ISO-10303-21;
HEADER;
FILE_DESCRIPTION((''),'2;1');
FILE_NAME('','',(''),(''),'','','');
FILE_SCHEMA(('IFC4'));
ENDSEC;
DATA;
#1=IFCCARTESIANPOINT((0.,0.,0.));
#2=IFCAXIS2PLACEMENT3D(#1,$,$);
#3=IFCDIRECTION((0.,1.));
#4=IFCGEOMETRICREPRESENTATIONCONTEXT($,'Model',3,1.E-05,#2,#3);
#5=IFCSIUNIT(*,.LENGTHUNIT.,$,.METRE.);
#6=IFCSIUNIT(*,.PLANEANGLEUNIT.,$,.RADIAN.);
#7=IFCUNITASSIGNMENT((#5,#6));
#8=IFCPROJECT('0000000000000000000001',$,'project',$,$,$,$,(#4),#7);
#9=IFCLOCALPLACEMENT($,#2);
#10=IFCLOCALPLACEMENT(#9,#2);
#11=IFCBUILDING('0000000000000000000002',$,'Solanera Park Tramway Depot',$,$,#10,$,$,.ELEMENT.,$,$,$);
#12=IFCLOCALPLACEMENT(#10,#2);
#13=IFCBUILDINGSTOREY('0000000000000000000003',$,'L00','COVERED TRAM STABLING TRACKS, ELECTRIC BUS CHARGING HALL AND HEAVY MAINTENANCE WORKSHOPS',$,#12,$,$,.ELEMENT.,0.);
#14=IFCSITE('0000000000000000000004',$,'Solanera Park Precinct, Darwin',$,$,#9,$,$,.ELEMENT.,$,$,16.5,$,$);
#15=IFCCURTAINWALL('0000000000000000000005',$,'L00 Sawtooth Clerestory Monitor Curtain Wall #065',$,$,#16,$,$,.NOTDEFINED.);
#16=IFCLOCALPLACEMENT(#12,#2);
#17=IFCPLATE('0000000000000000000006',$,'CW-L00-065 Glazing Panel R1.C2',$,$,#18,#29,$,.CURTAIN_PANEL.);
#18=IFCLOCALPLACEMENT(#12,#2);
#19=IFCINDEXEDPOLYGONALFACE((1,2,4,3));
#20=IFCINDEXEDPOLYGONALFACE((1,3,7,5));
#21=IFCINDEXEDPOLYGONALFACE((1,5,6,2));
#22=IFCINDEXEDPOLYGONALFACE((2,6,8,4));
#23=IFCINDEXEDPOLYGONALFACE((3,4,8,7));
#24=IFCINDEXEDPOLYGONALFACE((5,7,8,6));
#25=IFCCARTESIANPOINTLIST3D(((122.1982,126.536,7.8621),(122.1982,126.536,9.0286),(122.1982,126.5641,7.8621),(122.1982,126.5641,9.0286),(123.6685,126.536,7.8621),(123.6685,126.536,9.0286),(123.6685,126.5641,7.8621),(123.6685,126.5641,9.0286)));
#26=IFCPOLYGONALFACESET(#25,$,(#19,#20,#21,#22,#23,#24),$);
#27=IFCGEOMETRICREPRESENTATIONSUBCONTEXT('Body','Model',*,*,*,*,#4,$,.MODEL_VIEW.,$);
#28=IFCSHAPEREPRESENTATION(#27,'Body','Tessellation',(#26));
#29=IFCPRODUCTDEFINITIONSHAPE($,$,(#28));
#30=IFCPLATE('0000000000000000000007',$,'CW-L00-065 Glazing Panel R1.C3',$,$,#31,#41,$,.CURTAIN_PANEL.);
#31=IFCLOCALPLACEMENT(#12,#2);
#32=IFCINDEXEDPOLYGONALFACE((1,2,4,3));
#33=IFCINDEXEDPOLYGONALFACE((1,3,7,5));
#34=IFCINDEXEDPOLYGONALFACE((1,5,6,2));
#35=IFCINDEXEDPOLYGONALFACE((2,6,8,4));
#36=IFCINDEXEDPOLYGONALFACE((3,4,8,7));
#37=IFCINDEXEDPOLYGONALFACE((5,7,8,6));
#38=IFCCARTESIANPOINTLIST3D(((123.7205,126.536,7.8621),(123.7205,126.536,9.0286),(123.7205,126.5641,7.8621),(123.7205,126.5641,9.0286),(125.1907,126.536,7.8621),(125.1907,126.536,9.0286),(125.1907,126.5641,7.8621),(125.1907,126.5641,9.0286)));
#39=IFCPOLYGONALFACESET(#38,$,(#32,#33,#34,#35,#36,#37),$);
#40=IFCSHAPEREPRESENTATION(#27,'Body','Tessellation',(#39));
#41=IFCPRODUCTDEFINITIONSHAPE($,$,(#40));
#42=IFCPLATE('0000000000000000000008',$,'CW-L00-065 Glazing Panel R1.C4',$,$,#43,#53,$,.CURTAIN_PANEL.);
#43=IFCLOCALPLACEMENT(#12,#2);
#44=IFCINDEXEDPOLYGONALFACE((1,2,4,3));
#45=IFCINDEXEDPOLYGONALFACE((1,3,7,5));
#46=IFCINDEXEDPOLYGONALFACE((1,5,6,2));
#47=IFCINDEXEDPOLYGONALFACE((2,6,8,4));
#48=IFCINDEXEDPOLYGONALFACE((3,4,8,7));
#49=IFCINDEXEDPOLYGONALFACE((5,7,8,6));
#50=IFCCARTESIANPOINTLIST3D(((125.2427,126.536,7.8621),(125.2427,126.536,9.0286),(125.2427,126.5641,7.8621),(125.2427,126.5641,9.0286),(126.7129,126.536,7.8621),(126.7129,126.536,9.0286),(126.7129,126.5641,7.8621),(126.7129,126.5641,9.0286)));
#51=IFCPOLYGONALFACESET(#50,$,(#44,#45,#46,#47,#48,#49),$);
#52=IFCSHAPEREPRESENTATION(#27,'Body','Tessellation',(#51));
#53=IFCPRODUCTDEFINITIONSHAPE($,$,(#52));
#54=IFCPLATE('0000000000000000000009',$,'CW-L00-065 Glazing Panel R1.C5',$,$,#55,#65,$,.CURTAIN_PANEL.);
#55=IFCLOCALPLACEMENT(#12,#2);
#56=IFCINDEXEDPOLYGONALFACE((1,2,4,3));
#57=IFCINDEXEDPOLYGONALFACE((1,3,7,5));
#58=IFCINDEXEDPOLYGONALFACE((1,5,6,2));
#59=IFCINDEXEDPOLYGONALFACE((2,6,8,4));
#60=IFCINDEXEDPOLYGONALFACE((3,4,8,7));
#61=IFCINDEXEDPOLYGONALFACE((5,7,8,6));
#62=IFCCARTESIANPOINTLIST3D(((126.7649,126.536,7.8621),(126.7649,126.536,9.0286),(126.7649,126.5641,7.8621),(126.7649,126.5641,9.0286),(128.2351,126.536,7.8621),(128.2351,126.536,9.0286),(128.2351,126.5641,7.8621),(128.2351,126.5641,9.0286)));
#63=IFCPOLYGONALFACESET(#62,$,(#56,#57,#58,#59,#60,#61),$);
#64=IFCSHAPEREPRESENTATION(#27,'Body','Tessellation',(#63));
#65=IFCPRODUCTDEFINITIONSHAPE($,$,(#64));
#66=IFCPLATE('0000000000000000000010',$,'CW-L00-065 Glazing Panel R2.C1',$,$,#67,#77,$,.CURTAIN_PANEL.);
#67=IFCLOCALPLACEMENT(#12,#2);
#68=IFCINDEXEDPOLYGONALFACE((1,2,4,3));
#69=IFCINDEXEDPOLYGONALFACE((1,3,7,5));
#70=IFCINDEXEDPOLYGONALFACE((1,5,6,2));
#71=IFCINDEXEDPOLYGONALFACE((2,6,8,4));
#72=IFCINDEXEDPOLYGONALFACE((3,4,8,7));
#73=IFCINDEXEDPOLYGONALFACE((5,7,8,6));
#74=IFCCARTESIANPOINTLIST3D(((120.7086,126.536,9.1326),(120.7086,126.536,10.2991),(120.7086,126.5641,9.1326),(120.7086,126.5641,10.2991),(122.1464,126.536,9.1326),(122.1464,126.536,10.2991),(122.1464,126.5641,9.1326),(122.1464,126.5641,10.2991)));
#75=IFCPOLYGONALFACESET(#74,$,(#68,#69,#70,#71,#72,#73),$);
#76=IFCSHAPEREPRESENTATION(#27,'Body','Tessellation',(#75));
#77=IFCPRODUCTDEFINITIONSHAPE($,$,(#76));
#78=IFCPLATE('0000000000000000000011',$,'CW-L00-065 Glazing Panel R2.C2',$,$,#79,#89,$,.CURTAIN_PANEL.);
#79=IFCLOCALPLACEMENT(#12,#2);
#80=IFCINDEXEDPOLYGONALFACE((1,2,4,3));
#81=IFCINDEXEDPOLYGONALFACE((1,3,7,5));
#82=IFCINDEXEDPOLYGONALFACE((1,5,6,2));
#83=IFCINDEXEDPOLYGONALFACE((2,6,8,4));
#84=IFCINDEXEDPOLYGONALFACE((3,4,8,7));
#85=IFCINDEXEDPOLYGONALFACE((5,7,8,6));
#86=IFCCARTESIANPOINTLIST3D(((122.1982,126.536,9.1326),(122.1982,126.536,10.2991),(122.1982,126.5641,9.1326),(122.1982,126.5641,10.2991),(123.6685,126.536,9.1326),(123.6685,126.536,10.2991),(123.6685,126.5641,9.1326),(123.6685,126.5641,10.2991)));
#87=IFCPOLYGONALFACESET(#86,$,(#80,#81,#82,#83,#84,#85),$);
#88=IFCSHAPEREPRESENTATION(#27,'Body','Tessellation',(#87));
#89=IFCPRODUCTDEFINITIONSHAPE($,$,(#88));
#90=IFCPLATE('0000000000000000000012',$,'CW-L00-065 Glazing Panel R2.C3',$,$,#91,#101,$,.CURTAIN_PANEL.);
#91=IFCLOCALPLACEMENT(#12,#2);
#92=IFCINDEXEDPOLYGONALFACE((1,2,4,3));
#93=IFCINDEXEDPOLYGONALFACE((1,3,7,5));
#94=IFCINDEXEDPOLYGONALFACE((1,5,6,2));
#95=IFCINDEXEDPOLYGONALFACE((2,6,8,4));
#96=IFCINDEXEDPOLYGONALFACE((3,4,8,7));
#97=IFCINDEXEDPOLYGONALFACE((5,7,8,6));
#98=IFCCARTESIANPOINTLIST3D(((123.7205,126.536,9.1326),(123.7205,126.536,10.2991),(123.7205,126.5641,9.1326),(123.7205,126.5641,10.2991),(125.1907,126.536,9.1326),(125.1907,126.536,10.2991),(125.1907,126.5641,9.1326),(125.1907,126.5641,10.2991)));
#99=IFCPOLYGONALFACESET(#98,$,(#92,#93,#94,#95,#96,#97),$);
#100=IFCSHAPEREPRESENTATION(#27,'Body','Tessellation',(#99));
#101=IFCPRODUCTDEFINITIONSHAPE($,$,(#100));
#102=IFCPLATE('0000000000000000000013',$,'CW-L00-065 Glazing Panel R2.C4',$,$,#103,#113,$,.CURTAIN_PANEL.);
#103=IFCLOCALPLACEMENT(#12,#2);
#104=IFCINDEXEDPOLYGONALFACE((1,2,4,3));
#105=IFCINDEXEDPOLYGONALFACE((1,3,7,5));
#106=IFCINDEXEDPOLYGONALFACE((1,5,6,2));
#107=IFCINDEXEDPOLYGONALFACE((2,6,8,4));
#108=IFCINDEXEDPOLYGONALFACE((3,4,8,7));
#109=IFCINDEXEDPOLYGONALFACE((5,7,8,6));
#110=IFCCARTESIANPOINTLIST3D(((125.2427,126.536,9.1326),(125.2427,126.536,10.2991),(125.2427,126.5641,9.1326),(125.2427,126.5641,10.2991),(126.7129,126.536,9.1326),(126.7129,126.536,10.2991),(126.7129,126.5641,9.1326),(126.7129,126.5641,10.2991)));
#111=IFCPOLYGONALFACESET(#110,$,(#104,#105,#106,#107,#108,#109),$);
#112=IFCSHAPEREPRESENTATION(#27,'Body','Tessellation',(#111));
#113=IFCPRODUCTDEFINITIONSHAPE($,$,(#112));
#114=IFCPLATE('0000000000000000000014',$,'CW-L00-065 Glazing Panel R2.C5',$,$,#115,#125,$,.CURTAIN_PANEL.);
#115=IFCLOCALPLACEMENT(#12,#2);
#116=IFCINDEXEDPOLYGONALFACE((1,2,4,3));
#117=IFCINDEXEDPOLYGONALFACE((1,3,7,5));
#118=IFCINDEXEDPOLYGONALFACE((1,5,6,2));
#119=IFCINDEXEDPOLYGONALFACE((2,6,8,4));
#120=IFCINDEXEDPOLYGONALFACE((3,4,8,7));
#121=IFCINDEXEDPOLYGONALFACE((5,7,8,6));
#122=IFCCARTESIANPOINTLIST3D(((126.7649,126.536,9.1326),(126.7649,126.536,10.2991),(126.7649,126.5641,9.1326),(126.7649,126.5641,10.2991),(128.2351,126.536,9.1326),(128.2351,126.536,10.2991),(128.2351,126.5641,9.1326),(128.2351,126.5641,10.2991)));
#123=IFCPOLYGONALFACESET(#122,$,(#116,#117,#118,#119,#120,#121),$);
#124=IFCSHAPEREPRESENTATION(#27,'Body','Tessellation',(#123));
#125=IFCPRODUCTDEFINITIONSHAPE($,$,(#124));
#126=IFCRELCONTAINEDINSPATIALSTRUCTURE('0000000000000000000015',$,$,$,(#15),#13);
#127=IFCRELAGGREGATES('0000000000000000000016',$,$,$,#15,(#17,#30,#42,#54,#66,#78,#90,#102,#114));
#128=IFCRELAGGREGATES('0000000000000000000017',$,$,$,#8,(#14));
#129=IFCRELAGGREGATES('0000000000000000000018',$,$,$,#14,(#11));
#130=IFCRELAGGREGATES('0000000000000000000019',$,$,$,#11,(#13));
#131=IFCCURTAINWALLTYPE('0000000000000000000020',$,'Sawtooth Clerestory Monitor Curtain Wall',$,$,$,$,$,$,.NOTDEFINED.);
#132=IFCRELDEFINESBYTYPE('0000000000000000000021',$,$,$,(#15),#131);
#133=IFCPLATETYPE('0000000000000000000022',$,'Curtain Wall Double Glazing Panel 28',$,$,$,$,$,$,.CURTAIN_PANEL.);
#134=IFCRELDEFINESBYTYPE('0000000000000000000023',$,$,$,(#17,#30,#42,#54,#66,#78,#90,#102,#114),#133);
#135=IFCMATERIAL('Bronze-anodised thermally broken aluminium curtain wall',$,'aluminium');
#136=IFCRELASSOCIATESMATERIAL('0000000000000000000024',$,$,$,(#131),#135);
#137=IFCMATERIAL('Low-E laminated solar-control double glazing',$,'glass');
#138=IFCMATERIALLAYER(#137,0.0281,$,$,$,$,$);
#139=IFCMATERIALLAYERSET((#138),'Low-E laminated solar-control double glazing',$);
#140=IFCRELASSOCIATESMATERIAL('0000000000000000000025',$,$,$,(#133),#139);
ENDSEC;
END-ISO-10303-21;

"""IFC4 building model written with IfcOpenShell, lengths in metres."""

from ifc_helpers import new_model, si_unit, direction, frame, origin, origin_2d, place, context, subcontext, project, spatial, rectangle, extrude, material, layer, layer_set, type_object, element, aggregate, save


model = new_model("IFC4")

# Units and contexts
model_context = context("Model", 3, precision=1e-05, world=origin(), true_north=direction((0.0, 1.0)))
body_context = subcontext(model_context, "Body", "Model", "MODEL_VIEW")
ifc_project = project(units=[si_unit("LENGTHUNIT", "METRE"), si_unit("PLANEANGLEUNIT", "RADIAN")], contexts=[model_context])

# Site, building, storey
site_placement = place(None, origin())
site = spatial("IfcSite", under=ifc_project, at=site_placement, Name="Solanera Park Precinct, Darwin", CompositionType="ELEMENT", RefElevation=16.5)
building_placement = place(site_placement, origin())
building = spatial("IfcBuilding", under=site, at=building_placement, Name="Solanera Park Tramway Depot", CompositionType="ELEMENT")
storey_placement = place(building_placement, origin())
storey = spatial("IfcBuildingStorey", under=building, at=storey_placement, Name="L00", Description="COVERED TRAM STABLING TRACKS, ELECTRIC BUS CHARGING HALL AND HEAVY MAINTENANCE WORKSHOPS", CompositionType="ELEMENT", Elevation=0.0)

# Curtain wall
ifc_material_1 = material(Name="Bronze-anodised thermally broken aluminium curtain wall", Category="aluminium")
curtain_wall_type = type_object("IfcCurtainWallType", Name="Sawtooth Clerestory Monitor Curtain Wall", PredefinedType="NOTDEFINED", material=ifc_material_1)
curtain_wall_placement = place(storey_placement, origin())
curtain_wall = element("IfcCurtainWall", 1, at=curtain_wall_placement, inside=storey, type_object=curtain_wall_type, Name="L00 Sawtooth Clerestory Monitor Curtain Wall #065", PredefinedType="NOTDEFINED")

# Plates
ifc_material_2 = material(Name="Low-E laminated solar-control double glazing", Category="glass")
ifc_layer = layer(ifc_material_2, 0.0281)
ifc_layer_set = layer_set([ifc_layer], Name="Low-E laminated solar-control double glazing")
plate_type = type_object("IfcPlateType", Name="Curtain Wall Double Glazing Panel 28", PredefinedType="CURTAIN_PANEL", material=ifc_layer_set)
plate_1_placement = place(storey_placement, frame((122.9333, 126.55, 7.8621), z_axis=(0.0, 0.0, 1.0), x_axis=(1.0, 0.0, 0.0)))
plate_1 = element("IfcPlate", 2, at=plate_1_placement, type_object=plate_type, Name="CW-L00-065 Glazing Panel R1.C2", PredefinedType="CURTAIN_PANEL", context=body_context, shape_type="SweptSolid", body=[
    extrude(rectangle(XDim=1.4702, YDim=0.0281, at=origin_2d()), origin(), (0.0, 0.0, 1.0), 1.1665),
])
plate_2_placement = place(storey_placement, frame((124.4556, 126.55, 7.8621), z_axis=(0.0, 0.0, 1.0), x_axis=(1.0, 0.0, 0.0)))
plate_2 = element("IfcPlate", 3, at=plate_2_placement, type_object=plate_type, Name="CW-L00-065 Glazing Panel R1.C3", PredefinedType="CURTAIN_PANEL", context=body_context, shape_type="SweptSolid", body=[
    extrude(rectangle(XDim=1.4702, YDim=0.0281, at=origin_2d()), origin(), (0.0, 0.0, 1.0), 1.1665),
])
plate_3_placement = place(storey_placement, frame((125.9778, 126.55, 7.8621), z_axis=(0.0, 0.0, 1.0), x_axis=(1.0, 0.0, 0.0)))
plate_3 = element("IfcPlate", 4, at=plate_3_placement, type_object=plate_type, Name="CW-L00-065 Glazing Panel R1.C4", PredefinedType="CURTAIN_PANEL", context=body_context, shape_type="SweptSolid", body=[
    extrude(rectangle(XDim=1.4702, YDim=0.0281, at=origin_2d()), origin(), (0.0, 0.0, 1.0), 1.1665),
])
plate_4_placement = place(storey_placement, frame((127.5, 126.55, 7.8621), z_axis=(0.0, 0.0, 1.0), x_axis=(1.0, 0.0, 0.0)))
plate_4 = element("IfcPlate", 5, at=plate_4_placement, type_object=plate_type, Name="CW-L00-065 Glazing Panel R1.C5", PredefinedType="CURTAIN_PANEL", context=body_context, shape_type="SweptSolid", body=[
    extrude(rectangle(XDim=1.4702, YDim=0.0281, at=origin_2d()), origin(), (0.0, 0.0, 1.0), 1.1665),
])
plate_5_placement = place(storey_placement, frame((121.4275, 126.55, 9.1326), z_axis=(0.0, 0.0, 1.0), x_axis=(1.0, 0.0, 0.0)))
plate_5 = element("IfcPlate", 6, at=plate_5_placement, type_object=plate_type, Name="CW-L00-065 Glazing Panel R2.C1", PredefinedType="CURTAIN_PANEL", context=body_context, shape_type="SweptSolid", body=[
    extrude(rectangle(XDim=1.4377, YDim=0.0281, at=origin_2d()), origin(), (0.0, 0.0, 1.0), 1.1665),
])
plate_6_placement = place(storey_placement, frame((122.9333, 126.55, 9.1326), z_axis=(0.0, 0.0, 1.0), x_axis=(1.0, 0.0, 0.0)))
plate_6 = element("IfcPlate", 7, at=plate_6_placement, type_object=plate_type, Name="CW-L00-065 Glazing Panel R2.C2", PredefinedType="CURTAIN_PANEL", context=body_context, shape_type="SweptSolid", body=[
    extrude(rectangle(XDim=1.4702, YDim=0.0281, at=origin_2d()), origin(), (0.0, 0.0, 1.0), 1.1665),
])
plate_7_placement = place(storey_placement, frame((124.4556, 126.55, 9.1326), z_axis=(0.0, 0.0, 1.0), x_axis=(1.0, 0.0, 0.0)))
plate_7 = element("IfcPlate", 8, at=plate_7_placement, type_object=plate_type, Name="CW-L00-065 Glazing Panel R2.C3", PredefinedType="CURTAIN_PANEL", context=body_context, shape_type="SweptSolid", body=[
    extrude(rectangle(XDim=1.4702, YDim=0.0281, at=origin_2d()), origin(), (0.0, 0.0, 1.0), 1.1665),
])
plate_8_placement = place(storey_placement, frame((125.9778, 126.55, 9.1326), z_axis=(0.0, 0.0, 1.0), x_axis=(1.0, 0.0, 0.0)))
plate_8 = element("IfcPlate", 9, at=plate_8_placement, type_object=plate_type, Name="CW-L00-065 Glazing Panel R2.C4", PredefinedType="CURTAIN_PANEL", context=body_context, shape_type="SweptSolid", body=[
    extrude(rectangle(XDim=1.4702, YDim=0.0281, at=origin_2d()), origin(), (0.0, 0.0, 1.0), 1.1665),
])
plate_9_placement = place(storey_placement, frame((127.5, 126.55, 9.1326), z_axis=(0.0, 0.0, 1.0), x_axis=(1.0, 0.0, 0.0)))
plate_9 = element("IfcPlate", 10, at=plate_9_placement, type_object=plate_type, Name="CW-L00-065 Glazing Panel R2.C5", PredefinedType="CURTAIN_PANEL", context=body_context, shape_type="SweptSolid", body=[
    extrude(rectangle(XDim=1.4702, YDim=0.0281, at=origin_2d()), origin(), (0.0, 0.0, 1.0), 1.1665),
])
aggregate(curtain_wall, [plate_1, plate_2, plate_3, plate_4, plate_5, plate_6, plate_7, plate_8, plate_9])

save(model, "model.ifc")
